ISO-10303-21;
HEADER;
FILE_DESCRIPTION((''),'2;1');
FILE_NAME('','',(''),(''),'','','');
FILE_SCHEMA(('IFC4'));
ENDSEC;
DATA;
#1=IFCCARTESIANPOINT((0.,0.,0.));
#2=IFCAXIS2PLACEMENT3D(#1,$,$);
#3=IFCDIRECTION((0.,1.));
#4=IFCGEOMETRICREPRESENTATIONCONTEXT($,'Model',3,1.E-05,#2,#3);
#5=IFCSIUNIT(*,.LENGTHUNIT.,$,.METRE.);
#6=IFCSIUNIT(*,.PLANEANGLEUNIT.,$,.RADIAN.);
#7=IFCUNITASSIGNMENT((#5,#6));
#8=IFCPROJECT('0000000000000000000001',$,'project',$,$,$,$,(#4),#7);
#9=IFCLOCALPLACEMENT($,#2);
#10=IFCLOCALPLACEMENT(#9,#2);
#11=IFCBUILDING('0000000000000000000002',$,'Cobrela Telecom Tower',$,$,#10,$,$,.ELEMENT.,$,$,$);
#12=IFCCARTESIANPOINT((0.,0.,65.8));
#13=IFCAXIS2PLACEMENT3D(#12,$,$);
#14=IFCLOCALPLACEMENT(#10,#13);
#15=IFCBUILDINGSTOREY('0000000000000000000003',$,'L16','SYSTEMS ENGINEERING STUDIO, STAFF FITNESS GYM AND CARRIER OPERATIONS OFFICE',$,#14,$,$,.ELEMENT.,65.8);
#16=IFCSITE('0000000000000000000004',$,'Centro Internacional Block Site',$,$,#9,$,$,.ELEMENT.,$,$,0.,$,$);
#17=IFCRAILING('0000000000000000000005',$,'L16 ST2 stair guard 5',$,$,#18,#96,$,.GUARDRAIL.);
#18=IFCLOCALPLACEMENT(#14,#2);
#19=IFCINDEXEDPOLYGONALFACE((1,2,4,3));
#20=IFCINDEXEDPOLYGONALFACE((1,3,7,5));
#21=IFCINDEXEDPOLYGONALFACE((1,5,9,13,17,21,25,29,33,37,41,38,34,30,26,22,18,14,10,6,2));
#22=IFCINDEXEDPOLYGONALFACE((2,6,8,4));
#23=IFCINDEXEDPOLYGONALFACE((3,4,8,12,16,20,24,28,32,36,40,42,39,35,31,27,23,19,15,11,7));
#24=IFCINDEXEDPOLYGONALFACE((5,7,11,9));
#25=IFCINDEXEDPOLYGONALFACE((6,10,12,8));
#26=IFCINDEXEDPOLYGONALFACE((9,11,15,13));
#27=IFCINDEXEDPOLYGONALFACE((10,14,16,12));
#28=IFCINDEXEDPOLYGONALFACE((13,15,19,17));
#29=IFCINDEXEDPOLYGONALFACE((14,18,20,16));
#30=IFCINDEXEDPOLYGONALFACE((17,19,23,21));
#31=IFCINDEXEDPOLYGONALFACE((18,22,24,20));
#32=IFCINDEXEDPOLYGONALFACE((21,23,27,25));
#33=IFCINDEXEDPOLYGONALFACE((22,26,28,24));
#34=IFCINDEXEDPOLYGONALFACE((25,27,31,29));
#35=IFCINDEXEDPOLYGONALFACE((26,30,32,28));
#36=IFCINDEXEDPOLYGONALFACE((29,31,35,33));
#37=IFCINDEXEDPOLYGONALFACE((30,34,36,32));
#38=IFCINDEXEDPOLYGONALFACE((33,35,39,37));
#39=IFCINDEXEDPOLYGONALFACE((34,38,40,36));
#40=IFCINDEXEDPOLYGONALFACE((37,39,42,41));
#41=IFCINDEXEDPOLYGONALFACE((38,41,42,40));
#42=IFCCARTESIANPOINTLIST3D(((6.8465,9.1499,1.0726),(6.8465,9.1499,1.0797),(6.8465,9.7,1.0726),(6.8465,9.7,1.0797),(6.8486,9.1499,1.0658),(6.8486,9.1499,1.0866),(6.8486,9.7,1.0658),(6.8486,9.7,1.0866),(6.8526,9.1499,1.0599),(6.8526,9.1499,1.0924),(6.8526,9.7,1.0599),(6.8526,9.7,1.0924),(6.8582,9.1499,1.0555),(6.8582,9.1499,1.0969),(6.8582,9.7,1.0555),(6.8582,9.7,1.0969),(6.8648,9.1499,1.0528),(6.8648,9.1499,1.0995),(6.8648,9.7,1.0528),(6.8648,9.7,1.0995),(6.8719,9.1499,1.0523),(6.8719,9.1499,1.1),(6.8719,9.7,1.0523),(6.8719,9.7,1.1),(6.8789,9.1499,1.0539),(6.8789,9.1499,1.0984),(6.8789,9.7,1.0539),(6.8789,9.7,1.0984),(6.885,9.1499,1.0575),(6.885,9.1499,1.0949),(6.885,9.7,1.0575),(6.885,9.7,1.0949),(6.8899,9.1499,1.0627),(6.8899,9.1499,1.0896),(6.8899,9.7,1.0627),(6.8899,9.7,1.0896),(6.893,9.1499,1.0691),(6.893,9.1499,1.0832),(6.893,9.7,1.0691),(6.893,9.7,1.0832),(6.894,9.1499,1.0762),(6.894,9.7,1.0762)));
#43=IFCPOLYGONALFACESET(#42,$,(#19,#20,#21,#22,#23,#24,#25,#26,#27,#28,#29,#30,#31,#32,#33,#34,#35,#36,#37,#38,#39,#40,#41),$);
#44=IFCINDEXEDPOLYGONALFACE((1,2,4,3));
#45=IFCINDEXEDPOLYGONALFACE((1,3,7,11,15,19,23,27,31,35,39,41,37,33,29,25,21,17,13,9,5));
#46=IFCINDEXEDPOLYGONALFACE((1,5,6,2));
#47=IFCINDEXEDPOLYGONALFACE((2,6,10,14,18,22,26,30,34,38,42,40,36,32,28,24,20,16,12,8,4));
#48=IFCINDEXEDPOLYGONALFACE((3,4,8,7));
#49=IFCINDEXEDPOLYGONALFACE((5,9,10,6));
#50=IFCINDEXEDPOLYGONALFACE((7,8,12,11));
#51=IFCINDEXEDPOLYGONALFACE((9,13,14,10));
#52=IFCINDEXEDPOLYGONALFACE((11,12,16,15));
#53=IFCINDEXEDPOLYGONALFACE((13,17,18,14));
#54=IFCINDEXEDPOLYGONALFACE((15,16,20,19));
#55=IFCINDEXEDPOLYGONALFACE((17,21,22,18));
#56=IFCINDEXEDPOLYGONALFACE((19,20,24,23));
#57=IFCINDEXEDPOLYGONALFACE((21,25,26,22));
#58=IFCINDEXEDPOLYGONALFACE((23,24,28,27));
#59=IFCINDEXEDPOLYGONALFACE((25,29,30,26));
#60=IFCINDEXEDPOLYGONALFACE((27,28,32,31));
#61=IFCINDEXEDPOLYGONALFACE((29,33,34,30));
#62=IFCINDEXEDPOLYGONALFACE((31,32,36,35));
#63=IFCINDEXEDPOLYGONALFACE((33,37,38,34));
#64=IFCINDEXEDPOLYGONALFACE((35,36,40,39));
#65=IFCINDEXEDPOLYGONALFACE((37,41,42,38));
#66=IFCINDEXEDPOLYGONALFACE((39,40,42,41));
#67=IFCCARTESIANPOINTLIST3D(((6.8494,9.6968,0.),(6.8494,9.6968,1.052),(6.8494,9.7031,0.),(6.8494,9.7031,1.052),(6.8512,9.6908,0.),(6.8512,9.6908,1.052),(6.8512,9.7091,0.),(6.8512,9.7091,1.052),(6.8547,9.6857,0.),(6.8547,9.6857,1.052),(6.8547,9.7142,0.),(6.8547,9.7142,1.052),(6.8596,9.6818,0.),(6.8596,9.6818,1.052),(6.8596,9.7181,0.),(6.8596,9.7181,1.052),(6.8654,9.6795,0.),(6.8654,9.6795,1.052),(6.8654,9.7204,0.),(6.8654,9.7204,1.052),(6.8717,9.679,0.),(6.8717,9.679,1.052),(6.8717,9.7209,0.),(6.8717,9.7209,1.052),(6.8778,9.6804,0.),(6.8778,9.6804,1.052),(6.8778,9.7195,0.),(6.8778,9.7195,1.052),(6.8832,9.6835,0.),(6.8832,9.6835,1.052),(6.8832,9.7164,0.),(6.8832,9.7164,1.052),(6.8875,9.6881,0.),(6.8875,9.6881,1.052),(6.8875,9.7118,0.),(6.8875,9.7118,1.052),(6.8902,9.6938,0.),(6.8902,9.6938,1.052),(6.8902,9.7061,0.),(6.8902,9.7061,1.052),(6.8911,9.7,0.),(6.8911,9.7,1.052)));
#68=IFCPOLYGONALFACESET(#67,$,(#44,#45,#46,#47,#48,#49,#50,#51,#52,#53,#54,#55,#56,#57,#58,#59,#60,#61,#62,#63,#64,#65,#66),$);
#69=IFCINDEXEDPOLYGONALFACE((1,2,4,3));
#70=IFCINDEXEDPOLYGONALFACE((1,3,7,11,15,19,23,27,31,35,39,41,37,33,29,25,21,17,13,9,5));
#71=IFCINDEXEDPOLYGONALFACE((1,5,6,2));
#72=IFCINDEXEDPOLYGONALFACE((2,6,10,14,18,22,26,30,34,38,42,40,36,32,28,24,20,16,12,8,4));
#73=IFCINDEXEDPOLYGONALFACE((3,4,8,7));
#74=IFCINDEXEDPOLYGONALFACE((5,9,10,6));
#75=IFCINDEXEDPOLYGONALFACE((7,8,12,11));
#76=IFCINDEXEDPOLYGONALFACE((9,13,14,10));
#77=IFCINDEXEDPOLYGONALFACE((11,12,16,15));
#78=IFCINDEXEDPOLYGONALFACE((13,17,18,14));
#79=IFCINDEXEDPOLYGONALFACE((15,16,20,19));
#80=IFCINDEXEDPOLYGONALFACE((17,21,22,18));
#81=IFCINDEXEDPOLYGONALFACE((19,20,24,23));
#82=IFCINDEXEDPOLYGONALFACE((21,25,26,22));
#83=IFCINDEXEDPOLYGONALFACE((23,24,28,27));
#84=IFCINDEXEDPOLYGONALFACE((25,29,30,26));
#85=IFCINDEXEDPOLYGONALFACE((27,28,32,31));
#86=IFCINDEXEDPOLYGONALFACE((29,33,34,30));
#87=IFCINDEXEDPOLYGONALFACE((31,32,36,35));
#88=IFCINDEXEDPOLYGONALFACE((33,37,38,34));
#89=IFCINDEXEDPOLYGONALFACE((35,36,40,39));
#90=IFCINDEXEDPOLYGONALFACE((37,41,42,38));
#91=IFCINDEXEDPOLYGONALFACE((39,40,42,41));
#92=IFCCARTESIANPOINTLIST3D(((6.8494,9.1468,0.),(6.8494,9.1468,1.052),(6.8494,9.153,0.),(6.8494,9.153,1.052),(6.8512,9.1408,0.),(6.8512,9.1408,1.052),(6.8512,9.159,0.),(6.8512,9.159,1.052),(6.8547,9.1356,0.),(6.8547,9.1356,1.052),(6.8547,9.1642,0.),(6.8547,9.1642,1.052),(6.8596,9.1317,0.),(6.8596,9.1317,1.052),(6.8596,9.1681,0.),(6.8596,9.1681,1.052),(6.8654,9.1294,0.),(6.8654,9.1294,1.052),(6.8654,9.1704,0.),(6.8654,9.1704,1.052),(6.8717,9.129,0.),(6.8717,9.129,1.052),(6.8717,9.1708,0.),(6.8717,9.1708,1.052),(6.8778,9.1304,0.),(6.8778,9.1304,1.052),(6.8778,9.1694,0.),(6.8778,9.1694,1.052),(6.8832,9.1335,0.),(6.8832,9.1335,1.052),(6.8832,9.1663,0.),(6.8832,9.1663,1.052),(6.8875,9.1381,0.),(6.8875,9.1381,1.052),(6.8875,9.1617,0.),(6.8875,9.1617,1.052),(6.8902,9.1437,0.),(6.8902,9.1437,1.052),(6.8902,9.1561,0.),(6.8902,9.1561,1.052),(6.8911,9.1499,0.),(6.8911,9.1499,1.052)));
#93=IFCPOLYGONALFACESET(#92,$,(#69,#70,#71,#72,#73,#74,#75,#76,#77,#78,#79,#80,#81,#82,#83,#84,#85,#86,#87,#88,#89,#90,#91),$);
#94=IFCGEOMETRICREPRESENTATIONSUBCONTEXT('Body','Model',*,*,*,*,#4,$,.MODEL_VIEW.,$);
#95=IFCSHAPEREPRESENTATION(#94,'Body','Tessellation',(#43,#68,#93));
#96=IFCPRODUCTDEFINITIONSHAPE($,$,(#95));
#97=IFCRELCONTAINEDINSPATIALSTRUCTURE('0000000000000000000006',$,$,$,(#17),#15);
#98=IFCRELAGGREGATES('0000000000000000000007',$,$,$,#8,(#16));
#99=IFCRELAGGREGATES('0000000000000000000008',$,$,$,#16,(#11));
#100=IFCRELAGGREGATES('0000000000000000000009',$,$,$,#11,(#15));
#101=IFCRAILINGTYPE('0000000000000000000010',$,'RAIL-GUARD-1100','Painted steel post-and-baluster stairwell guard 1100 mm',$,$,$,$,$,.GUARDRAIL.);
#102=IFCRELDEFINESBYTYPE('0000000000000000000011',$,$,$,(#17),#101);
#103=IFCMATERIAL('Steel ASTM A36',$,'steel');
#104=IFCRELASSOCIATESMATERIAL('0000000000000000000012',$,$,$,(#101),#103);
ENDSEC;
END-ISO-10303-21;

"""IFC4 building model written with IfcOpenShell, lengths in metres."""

from ifc_helpers import new_model, si_unit, direction, frame, origin, origin_2d, place, context, subcontext, project, spatial, circle, extrude, material, type_object, element, save


model = new_model("IFC4")

# Units and contexts
model_context = context("Model", 3, precision=1e-05, world=origin(), true_north=direction((0.0, 1.0)))
body_context = subcontext(model_context, "Body", "Model", "MODEL_VIEW")
ifc_project = project(units=[si_unit("LENGTHUNIT", "METRE"), si_unit("PLANEANGLEUNIT", "RADIAN")], contexts=[model_context])

# Site, building, storey
site_placement = place(None, origin())
site = spatial("IfcSite", under=ifc_project, at=site_placement, Name="Centro Internacional Block Site", CompositionType="ELEMENT", RefElevation=0.0)
building_placement = place(site_placement, origin())
building = spatial("IfcBuilding", under=site, at=building_placement, Name="Cobrela Telecom Tower", CompositionType="ELEMENT")
storey_placement = place(building_placement, frame((0.0, 0.0, 65.8)))
storey = spatial("IfcBuildingStorey", under=building, at=storey_placement, Name="L16", Description="SYSTEMS ENGINEERING STUDIO, STAFF FITNESS GYM AND CARRIER OPERATIONS OFFICE", CompositionType="ELEMENT", Elevation=65.8)

# Railing
ifc_material_1 = material(Name="Steel ASTM A36", Category="steel")
railing_type_1 = type_object("IfcRailingType", Name="RAIL-GUARD-1100", Description="Painted steel post-and-baluster stairwell guard 1100 mm", PredefinedType="GUARDRAIL", material=ifc_material_1)
railing_1_placement = place(storey_placement, frame((6.8701, 9.7, 0.0)))
element("IfcRailing", 1, at=railing_1_placement, inside=storey, type_object=railing_type_1, Name="L16 ST2 stair guard 5", PredefinedType="GUARDRAIL", context=body_context, shape_type="SweptSolid", body=[
    extrude(circle(Radius=0.0239, at=origin_2d()), frame((0.0, 0.0, 1.0762), z_axis=(0.0, -1.0, 0.0), x_axis=(1.0, 0.0, 0.0)), (0.0, 0.0, 1.0), 0.55),
    extrude(circle(Radius=0.021, at=origin_2d()), origin(), (0.0, 0.0, 1.0), 1.052),
    extrude(circle(Radius=0.021, at=origin_2d()), frame((0.0, -0.55, 0.0)), (0.0, 0.0, 1.0), 1.052),
])

save(model, "model.ifc")
